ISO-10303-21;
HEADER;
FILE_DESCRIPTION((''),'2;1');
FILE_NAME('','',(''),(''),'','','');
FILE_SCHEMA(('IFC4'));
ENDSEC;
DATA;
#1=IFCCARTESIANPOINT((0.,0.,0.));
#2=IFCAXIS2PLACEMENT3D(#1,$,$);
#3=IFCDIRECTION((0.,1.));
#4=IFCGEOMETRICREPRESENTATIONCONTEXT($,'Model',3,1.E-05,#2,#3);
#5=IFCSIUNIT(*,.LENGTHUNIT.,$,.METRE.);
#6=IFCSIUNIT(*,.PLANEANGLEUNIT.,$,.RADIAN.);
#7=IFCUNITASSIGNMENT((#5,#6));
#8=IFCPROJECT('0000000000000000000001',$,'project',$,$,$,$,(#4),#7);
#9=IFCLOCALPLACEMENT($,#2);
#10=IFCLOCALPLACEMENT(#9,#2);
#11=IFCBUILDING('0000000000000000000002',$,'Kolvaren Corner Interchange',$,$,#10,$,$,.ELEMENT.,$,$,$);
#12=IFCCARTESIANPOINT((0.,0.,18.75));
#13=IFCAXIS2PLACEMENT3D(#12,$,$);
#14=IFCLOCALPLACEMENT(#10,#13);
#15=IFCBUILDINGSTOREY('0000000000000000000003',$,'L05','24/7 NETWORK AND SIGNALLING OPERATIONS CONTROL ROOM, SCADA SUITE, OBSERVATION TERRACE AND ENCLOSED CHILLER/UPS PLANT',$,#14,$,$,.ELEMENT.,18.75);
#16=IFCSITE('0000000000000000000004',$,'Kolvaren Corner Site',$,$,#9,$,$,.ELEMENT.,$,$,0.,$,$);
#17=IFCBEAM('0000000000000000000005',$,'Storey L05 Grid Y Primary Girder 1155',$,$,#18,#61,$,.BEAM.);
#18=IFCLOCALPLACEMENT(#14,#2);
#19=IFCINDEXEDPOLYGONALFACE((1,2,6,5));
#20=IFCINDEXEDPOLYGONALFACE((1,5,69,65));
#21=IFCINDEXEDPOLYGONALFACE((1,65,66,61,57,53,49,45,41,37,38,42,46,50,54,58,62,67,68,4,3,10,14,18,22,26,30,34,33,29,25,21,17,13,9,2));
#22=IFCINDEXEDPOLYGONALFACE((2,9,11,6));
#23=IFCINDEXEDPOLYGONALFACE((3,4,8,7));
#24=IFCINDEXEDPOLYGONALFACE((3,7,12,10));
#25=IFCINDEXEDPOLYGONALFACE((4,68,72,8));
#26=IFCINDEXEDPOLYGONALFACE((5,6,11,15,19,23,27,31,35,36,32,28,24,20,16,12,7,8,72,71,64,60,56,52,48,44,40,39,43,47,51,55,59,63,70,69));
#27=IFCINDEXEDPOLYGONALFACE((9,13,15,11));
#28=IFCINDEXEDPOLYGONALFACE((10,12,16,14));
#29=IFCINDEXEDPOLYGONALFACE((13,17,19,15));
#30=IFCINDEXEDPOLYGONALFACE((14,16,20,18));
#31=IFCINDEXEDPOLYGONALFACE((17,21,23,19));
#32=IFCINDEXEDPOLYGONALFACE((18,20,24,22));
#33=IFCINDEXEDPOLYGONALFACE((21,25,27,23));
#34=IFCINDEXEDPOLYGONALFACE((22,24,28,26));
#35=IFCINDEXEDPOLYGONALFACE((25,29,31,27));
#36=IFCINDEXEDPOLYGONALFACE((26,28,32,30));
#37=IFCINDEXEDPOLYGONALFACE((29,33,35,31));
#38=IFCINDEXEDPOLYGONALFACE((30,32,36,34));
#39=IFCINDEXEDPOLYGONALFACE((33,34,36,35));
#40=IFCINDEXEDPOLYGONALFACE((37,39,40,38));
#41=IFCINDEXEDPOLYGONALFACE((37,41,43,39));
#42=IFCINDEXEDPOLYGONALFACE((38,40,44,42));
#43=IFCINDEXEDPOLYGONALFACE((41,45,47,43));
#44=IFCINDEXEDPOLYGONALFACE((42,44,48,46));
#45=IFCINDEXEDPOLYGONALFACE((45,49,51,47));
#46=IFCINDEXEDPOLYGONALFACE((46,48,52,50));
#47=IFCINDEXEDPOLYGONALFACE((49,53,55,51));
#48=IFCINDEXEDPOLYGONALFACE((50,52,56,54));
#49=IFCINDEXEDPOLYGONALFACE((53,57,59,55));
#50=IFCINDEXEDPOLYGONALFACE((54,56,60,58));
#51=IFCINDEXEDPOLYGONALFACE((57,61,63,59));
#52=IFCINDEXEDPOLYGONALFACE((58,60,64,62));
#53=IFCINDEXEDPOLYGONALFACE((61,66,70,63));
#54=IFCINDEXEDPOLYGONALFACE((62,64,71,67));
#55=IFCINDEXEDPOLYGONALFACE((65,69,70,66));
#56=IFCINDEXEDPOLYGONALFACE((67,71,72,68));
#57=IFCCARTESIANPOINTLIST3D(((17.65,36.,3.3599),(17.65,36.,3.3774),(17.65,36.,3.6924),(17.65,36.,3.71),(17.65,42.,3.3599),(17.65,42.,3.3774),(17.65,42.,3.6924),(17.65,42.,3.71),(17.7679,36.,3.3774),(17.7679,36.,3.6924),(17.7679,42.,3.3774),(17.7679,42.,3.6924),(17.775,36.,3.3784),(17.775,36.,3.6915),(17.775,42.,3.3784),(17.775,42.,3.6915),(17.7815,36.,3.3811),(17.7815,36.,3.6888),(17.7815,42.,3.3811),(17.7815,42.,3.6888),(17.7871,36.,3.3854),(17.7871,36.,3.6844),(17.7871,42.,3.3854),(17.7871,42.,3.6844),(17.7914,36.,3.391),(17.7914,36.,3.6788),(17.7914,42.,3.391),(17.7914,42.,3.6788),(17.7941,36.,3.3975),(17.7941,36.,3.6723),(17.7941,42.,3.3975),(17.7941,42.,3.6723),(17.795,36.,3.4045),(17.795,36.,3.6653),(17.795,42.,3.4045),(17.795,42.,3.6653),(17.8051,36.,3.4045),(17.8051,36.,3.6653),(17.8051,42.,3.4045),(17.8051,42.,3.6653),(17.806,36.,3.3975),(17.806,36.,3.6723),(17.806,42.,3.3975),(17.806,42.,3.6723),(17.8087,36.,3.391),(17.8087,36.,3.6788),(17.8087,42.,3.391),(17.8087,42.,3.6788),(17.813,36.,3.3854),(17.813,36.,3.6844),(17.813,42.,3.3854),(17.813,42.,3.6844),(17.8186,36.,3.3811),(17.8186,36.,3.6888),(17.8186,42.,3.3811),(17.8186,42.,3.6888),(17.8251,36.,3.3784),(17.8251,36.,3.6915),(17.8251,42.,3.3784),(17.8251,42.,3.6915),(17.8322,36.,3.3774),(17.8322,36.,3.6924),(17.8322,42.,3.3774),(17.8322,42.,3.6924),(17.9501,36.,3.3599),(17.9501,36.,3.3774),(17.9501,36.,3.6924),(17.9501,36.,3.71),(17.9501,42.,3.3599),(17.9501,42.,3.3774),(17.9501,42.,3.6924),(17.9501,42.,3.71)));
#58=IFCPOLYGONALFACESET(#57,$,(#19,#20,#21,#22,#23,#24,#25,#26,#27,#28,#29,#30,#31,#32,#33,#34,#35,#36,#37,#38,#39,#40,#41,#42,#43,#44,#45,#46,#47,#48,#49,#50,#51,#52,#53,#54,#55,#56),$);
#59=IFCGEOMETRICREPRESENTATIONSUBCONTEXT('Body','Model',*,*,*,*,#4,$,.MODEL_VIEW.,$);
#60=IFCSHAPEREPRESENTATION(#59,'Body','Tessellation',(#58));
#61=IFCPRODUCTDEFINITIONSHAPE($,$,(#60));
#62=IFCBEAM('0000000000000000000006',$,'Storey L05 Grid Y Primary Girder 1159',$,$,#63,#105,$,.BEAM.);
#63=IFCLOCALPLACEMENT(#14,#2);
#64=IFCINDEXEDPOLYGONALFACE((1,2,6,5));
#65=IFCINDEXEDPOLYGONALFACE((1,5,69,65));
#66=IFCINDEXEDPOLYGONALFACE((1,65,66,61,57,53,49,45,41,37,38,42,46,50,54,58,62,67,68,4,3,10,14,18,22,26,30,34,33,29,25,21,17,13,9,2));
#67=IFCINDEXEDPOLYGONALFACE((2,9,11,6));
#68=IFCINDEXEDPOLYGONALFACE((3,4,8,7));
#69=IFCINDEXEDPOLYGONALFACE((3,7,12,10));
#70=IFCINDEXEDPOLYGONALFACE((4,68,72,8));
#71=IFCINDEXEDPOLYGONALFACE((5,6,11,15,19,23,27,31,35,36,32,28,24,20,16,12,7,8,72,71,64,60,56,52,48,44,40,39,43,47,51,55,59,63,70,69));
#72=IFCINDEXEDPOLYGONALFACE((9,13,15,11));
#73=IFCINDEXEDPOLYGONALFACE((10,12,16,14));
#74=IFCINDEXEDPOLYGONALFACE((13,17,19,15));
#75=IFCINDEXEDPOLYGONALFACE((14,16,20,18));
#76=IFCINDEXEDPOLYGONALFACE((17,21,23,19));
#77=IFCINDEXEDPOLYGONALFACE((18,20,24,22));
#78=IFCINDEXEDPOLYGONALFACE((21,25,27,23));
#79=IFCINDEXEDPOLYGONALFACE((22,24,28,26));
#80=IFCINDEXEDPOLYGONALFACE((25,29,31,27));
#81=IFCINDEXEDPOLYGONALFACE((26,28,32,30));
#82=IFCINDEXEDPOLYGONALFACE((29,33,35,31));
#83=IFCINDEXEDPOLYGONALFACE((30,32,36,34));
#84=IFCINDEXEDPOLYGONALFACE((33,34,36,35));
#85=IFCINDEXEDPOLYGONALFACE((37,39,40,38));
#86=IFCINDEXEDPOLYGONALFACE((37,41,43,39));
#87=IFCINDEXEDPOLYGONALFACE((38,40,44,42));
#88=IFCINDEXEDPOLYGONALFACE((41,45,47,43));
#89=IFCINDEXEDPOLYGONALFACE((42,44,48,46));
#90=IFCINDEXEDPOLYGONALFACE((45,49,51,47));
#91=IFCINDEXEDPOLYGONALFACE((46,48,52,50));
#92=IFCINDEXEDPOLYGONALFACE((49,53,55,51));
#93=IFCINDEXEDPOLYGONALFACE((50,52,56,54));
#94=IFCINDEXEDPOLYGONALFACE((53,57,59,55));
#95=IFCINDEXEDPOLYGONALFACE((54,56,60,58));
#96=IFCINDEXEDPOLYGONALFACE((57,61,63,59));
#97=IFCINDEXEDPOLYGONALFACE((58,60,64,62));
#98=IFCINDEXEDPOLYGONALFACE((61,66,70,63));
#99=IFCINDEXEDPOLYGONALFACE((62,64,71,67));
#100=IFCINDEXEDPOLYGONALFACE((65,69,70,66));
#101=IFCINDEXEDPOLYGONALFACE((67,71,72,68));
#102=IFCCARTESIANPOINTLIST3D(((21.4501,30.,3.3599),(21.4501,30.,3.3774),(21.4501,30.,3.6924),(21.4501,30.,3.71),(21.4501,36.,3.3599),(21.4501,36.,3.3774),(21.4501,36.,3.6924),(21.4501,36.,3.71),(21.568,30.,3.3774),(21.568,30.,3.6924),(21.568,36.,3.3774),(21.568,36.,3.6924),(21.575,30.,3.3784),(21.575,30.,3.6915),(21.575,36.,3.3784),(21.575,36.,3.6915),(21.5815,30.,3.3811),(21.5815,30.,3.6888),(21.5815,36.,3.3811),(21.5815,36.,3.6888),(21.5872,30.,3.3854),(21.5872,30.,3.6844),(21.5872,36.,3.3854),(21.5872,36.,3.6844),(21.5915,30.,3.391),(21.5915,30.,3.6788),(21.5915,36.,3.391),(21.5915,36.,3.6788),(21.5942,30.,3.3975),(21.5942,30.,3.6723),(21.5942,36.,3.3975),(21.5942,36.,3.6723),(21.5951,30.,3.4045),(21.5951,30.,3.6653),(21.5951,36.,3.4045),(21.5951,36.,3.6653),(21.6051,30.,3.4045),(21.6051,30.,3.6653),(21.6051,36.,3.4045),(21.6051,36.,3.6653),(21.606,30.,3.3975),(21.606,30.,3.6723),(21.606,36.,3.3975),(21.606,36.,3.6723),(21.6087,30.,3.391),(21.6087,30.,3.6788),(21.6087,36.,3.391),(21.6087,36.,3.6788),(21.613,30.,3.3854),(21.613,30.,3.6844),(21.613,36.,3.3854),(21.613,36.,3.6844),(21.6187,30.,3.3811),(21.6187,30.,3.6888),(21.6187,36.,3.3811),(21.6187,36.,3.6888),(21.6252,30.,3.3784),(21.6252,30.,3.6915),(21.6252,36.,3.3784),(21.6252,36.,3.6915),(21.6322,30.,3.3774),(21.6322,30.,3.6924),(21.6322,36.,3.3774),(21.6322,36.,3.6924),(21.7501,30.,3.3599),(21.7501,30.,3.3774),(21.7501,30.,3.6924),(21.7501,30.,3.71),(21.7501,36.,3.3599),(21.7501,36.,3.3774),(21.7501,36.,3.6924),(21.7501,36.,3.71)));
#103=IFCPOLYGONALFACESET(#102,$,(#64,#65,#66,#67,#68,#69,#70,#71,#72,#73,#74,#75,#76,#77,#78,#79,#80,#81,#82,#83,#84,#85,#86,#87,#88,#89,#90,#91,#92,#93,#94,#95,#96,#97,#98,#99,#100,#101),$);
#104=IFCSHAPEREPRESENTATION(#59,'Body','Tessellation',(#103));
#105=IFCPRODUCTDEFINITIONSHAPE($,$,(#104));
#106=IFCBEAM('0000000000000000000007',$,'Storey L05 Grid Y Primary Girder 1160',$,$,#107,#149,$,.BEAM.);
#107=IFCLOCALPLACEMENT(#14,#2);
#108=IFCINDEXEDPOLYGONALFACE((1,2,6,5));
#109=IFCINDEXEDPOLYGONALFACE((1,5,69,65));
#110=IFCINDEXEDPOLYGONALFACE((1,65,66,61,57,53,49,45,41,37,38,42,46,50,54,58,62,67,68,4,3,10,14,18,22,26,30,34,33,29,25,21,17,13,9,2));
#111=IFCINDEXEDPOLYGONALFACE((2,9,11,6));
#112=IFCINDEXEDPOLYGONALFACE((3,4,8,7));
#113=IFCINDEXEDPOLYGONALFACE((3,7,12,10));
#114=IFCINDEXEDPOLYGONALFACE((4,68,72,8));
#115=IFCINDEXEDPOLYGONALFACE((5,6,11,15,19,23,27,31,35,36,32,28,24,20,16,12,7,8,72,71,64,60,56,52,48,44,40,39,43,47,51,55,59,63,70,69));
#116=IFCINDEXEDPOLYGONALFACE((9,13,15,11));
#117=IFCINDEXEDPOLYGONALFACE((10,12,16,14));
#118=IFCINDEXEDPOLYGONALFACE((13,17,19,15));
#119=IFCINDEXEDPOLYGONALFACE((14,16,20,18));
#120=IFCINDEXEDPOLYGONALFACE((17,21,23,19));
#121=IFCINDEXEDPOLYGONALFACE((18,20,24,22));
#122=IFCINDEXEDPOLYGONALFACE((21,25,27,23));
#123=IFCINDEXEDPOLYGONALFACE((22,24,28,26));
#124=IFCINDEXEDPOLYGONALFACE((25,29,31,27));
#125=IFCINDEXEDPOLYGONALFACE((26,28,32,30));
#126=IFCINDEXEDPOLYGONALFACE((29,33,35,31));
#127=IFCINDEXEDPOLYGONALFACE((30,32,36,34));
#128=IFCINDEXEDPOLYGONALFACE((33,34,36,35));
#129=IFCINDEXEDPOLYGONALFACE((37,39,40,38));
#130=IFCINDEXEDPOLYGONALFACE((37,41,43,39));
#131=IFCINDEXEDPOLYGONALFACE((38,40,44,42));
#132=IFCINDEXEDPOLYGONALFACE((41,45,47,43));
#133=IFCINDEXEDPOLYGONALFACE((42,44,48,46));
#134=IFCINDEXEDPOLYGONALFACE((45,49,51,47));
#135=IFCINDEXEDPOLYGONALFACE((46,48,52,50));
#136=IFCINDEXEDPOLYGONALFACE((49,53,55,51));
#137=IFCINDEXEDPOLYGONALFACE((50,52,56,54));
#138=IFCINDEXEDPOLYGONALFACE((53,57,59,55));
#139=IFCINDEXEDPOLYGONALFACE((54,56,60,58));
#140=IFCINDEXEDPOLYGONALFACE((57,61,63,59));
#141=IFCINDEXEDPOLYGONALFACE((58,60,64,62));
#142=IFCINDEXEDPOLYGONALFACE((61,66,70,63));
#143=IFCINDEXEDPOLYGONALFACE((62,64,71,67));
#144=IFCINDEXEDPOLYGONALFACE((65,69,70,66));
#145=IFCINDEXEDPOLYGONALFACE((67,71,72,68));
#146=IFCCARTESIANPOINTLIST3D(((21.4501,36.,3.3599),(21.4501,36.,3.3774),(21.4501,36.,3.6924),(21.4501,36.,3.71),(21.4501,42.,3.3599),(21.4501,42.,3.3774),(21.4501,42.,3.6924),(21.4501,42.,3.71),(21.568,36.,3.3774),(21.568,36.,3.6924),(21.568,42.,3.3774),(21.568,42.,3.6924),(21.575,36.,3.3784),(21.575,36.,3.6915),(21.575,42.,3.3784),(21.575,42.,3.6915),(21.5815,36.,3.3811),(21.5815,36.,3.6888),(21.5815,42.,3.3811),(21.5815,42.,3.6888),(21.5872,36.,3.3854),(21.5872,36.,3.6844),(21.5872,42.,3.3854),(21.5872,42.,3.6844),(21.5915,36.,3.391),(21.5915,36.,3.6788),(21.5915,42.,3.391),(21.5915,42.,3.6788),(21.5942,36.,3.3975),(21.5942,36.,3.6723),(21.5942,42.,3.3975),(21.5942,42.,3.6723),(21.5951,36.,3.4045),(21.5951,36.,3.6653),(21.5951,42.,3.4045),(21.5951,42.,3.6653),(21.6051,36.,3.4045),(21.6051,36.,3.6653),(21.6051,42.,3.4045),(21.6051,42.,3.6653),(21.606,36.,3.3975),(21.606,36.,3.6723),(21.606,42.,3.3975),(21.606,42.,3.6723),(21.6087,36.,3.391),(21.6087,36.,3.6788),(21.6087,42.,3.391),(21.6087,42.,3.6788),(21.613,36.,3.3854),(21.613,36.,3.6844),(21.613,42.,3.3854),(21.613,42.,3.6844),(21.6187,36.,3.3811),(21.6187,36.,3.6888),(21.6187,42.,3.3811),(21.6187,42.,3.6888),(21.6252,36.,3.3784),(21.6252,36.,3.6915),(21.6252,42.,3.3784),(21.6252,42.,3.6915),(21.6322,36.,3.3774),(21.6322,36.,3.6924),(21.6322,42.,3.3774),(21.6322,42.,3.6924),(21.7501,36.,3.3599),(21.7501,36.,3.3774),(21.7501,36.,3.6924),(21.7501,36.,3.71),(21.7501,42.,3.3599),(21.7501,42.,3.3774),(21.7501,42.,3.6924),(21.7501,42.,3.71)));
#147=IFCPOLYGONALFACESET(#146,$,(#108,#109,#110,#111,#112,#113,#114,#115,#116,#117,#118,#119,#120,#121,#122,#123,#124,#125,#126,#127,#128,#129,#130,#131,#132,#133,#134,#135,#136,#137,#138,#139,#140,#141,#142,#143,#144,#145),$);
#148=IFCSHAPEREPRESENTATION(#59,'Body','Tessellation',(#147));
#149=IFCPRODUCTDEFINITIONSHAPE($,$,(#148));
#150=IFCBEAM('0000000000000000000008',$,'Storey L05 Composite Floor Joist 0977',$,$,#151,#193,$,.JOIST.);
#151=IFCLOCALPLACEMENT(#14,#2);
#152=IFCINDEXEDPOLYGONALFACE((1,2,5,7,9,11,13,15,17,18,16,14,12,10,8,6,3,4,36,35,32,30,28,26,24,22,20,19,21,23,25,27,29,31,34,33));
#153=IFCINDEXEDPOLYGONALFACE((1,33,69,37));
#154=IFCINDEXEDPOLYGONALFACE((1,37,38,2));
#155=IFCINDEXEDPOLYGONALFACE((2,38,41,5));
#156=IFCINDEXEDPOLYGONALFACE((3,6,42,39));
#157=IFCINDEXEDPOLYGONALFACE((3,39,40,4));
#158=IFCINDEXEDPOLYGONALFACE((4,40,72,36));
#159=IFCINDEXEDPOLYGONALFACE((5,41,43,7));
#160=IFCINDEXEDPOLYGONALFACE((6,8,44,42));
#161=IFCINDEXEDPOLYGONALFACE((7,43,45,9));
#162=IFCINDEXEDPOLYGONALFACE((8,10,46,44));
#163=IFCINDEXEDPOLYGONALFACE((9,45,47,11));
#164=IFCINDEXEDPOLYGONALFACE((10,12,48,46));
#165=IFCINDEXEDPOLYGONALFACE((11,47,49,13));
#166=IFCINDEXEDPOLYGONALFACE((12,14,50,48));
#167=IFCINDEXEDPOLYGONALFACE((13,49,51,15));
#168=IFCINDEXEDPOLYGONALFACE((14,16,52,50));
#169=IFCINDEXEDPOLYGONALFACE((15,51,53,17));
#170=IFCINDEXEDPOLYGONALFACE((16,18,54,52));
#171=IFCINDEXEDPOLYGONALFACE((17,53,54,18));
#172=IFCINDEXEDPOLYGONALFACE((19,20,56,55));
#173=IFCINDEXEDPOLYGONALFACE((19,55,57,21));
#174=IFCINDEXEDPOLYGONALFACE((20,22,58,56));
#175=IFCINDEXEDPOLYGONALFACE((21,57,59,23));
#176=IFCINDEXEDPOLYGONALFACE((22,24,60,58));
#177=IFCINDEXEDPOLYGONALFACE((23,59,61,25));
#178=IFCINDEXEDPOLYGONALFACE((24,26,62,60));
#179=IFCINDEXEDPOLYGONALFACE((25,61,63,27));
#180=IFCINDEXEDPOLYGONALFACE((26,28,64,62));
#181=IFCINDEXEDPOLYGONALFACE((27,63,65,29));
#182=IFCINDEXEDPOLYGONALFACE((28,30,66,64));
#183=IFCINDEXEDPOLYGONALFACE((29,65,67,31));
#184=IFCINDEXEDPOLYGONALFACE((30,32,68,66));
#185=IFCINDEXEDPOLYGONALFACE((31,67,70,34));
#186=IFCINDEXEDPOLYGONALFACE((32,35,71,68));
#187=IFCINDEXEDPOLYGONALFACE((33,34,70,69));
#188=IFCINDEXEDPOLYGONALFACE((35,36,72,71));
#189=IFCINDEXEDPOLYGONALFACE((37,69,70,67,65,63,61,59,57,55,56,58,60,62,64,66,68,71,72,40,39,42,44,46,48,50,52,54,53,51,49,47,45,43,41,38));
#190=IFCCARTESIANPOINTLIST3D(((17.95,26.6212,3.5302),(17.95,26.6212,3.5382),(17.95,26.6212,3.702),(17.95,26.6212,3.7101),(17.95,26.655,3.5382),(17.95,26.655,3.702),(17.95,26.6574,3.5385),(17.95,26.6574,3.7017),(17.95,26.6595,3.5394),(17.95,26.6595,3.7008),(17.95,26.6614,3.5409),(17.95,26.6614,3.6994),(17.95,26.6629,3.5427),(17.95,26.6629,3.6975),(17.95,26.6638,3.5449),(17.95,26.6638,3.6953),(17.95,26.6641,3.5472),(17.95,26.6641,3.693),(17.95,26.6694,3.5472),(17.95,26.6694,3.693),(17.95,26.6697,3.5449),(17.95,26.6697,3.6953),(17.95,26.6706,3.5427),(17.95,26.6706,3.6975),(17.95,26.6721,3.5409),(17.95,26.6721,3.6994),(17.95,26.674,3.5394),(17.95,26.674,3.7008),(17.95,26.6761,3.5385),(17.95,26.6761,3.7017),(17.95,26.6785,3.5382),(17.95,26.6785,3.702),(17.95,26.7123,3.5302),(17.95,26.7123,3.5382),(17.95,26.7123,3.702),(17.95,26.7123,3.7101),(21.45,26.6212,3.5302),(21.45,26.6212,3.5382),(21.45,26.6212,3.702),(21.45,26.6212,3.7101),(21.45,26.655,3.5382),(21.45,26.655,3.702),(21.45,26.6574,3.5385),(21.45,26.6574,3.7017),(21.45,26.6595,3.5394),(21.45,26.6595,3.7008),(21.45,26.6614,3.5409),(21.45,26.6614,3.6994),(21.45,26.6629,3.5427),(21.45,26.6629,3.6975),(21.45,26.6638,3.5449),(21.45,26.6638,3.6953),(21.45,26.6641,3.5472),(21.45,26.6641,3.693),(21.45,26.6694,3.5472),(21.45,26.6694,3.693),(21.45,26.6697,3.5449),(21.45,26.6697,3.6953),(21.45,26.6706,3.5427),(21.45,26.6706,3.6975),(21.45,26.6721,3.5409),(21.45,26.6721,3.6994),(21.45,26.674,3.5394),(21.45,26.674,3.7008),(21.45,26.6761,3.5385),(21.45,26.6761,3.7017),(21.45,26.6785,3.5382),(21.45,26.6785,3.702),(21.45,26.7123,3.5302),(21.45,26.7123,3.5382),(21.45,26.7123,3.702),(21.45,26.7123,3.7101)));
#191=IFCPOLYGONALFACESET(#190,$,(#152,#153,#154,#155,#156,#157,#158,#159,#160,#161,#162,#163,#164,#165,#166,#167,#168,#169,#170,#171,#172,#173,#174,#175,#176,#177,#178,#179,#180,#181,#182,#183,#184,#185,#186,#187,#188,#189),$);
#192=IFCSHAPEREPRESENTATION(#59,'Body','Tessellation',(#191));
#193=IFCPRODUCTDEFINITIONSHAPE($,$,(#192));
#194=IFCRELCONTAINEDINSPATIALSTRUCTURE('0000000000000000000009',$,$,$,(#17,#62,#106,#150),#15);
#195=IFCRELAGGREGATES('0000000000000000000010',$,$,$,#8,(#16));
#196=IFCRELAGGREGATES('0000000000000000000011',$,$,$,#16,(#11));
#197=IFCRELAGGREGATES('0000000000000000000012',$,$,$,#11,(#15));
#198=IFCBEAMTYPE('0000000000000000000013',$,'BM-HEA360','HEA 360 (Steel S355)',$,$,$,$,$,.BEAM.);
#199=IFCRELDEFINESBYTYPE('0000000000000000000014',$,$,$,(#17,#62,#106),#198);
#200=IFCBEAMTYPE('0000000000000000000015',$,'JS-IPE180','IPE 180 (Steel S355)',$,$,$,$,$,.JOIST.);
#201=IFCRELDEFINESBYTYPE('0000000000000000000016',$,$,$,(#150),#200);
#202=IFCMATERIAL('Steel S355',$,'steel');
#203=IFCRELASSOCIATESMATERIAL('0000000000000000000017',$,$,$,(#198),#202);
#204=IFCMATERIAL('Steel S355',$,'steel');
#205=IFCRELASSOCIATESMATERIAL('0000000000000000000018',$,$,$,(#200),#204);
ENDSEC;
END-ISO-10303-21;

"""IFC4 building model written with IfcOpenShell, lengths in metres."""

from ifc_helpers import new_model, si_unit, direction, frame, origin, origin_2d, place, context, subcontext, project, spatial, i_section, extrude, material, material_profile, profile_set, type_object, element, save


model = new_model("IFC4")

# Units and contexts
model_context = context("Model", 3, precision=1e-05, world=origin(), true_north=direction((0.0, 1.0)))
body_context = subcontext(model_context, "Body", "Model", "MODEL_VIEW")
ifc_project = project(units=[si_unit("LENGTHUNIT", "METRE"), si_unit("PLANEANGLEUNIT", "RADIAN")], contexts=[model_context])

# Site, building, storey
site_placement = place(None, origin())
site = spatial("IfcSite", under=ifc_project, at=site_placement, Name="Kolvaren Corner Site", CompositionType="ELEMENT", RefElevation=0.0)
building_placement = place(site_placement, origin())
building = spatial("IfcBuilding", under=site, at=building_placement, Name="Kolvaren Corner Interchange", CompositionType="ELEMENT")
storey_placement = place(building_placement, frame((0.0, 0.0, 18.75)))
storey = spatial("IfcBuildingStorey", under=building, at=storey_placement, Name="L05", Description="24/7 NETWORK AND SIGNALLING OPERATIONS CONTROL ROOM, SCADA SUITE, OBSERVATION TERRACE AND ENCLOSED CHILLER/UPS PLANT", CompositionType="ELEMENT", Elevation=18.75)

# Beams
ifc_material_1 = material(Name="Steel S355", Category="steel")
ifc_material_profile_1 = material_profile(ifc_material_1, i_section(OverallWidth=0.3, OverallDepth=0.3501, WebThickness=0.01, FlangeThickness=0.0176, FilletRadius=0.0271, at=origin_2d()), Name="HEA 360")
ifc_profile_set_1 = profile_set([ifc_material_profile_1], Name="Steel S355")
beam_type_1 = type_object("IfcBeamType", Name="BM-HEA360", Description="HEA 360 (Steel S355)", PredefinedType="BEAM", material=ifc_profile_set_1)
for number, where, z_axis, x_axis, name in (
    (1, (17.8, 36.0, 3.5349), (0.0, 1.0, 0.0), (-1.0, 0.0, 0.0), "Storey L05 Grid Y Primary Girder 1155"),
    (2, (21.6001, 30.0, 3.5349), (0.0, 1.0, 0.0), (-1.0, 0.0, 0.0), "Storey L05 Grid Y Primary Girder 1159"),
    (3, (21.6001, 36.0, 3.5349), (0.0, 1.0, 0.0), (-1.0, 0.0, 0.0), "Storey L05 Grid Y Primary Girder 1160"),
):
    element("IfcBeam", number, at=place(storey_placement, frame(where, z_axis=z_axis, x_axis=x_axis)), inside=storey, type_object=beam_type_1, Name=name, PredefinedType="BEAM", context=body_context, shape_type="SweptSolid", body=[
        extrude(i_section(OverallWidth=0.3, OverallDepth=0.3501, WebThickness=0.01, FlangeThickness=0.0176, FilletRadius=0.0271, at=origin_2d()), origin(), (0.0, 0.0, 1.0), 6.0),
    ])
ifc_material_2 = material(Name="Steel S355", Category="steel")
ifc_material_profile_2 = material_profile(ifc_material_2, i_section(OverallWidth=0.0911, OverallDepth=0.1799, WebThickness=0.0054, FlangeThickness=0.0081, FilletRadius=0.009, at=origin_2d()), Name="IPE 180")
ifc_profile_set_2 = profile_set([ifc_material_profile_2], Name="Steel S355")
beam_type_2 = type_object("IfcBeamType", Name="JS-IPE180", Description="IPE 180 (Steel S355)", PredefinedType="JOIST", material=ifc_profile_set_2)
for number, where, z_axis, x_axis, name in (
    (4, (17.95, 26.6667, 3.6201), (1.0, 0.0, 0.0), (0.0, 1.0, 0.0), "Storey L05 Composite Floor Joist 0977"),
):
    element("IfcBeam", number, at=place(storey_placement, frame(where, z_axis=z_axis, x_axis=x_axis)), inside=storey, type_object=beam_type_2, Name=name, PredefinedType="JOIST", context=body_context, shape_type="SweptSolid", body=[
        extrude(i_section(OverallWidth=0.0911, OverallDepth=0.1799, WebThickness=0.0054, FlangeThickness=0.0081, FilletRadius=0.009, at=origin_2d()), origin(), (0.0, 0.0, 1.0), 3.5),
    ])

save(model, "model.ifc")
